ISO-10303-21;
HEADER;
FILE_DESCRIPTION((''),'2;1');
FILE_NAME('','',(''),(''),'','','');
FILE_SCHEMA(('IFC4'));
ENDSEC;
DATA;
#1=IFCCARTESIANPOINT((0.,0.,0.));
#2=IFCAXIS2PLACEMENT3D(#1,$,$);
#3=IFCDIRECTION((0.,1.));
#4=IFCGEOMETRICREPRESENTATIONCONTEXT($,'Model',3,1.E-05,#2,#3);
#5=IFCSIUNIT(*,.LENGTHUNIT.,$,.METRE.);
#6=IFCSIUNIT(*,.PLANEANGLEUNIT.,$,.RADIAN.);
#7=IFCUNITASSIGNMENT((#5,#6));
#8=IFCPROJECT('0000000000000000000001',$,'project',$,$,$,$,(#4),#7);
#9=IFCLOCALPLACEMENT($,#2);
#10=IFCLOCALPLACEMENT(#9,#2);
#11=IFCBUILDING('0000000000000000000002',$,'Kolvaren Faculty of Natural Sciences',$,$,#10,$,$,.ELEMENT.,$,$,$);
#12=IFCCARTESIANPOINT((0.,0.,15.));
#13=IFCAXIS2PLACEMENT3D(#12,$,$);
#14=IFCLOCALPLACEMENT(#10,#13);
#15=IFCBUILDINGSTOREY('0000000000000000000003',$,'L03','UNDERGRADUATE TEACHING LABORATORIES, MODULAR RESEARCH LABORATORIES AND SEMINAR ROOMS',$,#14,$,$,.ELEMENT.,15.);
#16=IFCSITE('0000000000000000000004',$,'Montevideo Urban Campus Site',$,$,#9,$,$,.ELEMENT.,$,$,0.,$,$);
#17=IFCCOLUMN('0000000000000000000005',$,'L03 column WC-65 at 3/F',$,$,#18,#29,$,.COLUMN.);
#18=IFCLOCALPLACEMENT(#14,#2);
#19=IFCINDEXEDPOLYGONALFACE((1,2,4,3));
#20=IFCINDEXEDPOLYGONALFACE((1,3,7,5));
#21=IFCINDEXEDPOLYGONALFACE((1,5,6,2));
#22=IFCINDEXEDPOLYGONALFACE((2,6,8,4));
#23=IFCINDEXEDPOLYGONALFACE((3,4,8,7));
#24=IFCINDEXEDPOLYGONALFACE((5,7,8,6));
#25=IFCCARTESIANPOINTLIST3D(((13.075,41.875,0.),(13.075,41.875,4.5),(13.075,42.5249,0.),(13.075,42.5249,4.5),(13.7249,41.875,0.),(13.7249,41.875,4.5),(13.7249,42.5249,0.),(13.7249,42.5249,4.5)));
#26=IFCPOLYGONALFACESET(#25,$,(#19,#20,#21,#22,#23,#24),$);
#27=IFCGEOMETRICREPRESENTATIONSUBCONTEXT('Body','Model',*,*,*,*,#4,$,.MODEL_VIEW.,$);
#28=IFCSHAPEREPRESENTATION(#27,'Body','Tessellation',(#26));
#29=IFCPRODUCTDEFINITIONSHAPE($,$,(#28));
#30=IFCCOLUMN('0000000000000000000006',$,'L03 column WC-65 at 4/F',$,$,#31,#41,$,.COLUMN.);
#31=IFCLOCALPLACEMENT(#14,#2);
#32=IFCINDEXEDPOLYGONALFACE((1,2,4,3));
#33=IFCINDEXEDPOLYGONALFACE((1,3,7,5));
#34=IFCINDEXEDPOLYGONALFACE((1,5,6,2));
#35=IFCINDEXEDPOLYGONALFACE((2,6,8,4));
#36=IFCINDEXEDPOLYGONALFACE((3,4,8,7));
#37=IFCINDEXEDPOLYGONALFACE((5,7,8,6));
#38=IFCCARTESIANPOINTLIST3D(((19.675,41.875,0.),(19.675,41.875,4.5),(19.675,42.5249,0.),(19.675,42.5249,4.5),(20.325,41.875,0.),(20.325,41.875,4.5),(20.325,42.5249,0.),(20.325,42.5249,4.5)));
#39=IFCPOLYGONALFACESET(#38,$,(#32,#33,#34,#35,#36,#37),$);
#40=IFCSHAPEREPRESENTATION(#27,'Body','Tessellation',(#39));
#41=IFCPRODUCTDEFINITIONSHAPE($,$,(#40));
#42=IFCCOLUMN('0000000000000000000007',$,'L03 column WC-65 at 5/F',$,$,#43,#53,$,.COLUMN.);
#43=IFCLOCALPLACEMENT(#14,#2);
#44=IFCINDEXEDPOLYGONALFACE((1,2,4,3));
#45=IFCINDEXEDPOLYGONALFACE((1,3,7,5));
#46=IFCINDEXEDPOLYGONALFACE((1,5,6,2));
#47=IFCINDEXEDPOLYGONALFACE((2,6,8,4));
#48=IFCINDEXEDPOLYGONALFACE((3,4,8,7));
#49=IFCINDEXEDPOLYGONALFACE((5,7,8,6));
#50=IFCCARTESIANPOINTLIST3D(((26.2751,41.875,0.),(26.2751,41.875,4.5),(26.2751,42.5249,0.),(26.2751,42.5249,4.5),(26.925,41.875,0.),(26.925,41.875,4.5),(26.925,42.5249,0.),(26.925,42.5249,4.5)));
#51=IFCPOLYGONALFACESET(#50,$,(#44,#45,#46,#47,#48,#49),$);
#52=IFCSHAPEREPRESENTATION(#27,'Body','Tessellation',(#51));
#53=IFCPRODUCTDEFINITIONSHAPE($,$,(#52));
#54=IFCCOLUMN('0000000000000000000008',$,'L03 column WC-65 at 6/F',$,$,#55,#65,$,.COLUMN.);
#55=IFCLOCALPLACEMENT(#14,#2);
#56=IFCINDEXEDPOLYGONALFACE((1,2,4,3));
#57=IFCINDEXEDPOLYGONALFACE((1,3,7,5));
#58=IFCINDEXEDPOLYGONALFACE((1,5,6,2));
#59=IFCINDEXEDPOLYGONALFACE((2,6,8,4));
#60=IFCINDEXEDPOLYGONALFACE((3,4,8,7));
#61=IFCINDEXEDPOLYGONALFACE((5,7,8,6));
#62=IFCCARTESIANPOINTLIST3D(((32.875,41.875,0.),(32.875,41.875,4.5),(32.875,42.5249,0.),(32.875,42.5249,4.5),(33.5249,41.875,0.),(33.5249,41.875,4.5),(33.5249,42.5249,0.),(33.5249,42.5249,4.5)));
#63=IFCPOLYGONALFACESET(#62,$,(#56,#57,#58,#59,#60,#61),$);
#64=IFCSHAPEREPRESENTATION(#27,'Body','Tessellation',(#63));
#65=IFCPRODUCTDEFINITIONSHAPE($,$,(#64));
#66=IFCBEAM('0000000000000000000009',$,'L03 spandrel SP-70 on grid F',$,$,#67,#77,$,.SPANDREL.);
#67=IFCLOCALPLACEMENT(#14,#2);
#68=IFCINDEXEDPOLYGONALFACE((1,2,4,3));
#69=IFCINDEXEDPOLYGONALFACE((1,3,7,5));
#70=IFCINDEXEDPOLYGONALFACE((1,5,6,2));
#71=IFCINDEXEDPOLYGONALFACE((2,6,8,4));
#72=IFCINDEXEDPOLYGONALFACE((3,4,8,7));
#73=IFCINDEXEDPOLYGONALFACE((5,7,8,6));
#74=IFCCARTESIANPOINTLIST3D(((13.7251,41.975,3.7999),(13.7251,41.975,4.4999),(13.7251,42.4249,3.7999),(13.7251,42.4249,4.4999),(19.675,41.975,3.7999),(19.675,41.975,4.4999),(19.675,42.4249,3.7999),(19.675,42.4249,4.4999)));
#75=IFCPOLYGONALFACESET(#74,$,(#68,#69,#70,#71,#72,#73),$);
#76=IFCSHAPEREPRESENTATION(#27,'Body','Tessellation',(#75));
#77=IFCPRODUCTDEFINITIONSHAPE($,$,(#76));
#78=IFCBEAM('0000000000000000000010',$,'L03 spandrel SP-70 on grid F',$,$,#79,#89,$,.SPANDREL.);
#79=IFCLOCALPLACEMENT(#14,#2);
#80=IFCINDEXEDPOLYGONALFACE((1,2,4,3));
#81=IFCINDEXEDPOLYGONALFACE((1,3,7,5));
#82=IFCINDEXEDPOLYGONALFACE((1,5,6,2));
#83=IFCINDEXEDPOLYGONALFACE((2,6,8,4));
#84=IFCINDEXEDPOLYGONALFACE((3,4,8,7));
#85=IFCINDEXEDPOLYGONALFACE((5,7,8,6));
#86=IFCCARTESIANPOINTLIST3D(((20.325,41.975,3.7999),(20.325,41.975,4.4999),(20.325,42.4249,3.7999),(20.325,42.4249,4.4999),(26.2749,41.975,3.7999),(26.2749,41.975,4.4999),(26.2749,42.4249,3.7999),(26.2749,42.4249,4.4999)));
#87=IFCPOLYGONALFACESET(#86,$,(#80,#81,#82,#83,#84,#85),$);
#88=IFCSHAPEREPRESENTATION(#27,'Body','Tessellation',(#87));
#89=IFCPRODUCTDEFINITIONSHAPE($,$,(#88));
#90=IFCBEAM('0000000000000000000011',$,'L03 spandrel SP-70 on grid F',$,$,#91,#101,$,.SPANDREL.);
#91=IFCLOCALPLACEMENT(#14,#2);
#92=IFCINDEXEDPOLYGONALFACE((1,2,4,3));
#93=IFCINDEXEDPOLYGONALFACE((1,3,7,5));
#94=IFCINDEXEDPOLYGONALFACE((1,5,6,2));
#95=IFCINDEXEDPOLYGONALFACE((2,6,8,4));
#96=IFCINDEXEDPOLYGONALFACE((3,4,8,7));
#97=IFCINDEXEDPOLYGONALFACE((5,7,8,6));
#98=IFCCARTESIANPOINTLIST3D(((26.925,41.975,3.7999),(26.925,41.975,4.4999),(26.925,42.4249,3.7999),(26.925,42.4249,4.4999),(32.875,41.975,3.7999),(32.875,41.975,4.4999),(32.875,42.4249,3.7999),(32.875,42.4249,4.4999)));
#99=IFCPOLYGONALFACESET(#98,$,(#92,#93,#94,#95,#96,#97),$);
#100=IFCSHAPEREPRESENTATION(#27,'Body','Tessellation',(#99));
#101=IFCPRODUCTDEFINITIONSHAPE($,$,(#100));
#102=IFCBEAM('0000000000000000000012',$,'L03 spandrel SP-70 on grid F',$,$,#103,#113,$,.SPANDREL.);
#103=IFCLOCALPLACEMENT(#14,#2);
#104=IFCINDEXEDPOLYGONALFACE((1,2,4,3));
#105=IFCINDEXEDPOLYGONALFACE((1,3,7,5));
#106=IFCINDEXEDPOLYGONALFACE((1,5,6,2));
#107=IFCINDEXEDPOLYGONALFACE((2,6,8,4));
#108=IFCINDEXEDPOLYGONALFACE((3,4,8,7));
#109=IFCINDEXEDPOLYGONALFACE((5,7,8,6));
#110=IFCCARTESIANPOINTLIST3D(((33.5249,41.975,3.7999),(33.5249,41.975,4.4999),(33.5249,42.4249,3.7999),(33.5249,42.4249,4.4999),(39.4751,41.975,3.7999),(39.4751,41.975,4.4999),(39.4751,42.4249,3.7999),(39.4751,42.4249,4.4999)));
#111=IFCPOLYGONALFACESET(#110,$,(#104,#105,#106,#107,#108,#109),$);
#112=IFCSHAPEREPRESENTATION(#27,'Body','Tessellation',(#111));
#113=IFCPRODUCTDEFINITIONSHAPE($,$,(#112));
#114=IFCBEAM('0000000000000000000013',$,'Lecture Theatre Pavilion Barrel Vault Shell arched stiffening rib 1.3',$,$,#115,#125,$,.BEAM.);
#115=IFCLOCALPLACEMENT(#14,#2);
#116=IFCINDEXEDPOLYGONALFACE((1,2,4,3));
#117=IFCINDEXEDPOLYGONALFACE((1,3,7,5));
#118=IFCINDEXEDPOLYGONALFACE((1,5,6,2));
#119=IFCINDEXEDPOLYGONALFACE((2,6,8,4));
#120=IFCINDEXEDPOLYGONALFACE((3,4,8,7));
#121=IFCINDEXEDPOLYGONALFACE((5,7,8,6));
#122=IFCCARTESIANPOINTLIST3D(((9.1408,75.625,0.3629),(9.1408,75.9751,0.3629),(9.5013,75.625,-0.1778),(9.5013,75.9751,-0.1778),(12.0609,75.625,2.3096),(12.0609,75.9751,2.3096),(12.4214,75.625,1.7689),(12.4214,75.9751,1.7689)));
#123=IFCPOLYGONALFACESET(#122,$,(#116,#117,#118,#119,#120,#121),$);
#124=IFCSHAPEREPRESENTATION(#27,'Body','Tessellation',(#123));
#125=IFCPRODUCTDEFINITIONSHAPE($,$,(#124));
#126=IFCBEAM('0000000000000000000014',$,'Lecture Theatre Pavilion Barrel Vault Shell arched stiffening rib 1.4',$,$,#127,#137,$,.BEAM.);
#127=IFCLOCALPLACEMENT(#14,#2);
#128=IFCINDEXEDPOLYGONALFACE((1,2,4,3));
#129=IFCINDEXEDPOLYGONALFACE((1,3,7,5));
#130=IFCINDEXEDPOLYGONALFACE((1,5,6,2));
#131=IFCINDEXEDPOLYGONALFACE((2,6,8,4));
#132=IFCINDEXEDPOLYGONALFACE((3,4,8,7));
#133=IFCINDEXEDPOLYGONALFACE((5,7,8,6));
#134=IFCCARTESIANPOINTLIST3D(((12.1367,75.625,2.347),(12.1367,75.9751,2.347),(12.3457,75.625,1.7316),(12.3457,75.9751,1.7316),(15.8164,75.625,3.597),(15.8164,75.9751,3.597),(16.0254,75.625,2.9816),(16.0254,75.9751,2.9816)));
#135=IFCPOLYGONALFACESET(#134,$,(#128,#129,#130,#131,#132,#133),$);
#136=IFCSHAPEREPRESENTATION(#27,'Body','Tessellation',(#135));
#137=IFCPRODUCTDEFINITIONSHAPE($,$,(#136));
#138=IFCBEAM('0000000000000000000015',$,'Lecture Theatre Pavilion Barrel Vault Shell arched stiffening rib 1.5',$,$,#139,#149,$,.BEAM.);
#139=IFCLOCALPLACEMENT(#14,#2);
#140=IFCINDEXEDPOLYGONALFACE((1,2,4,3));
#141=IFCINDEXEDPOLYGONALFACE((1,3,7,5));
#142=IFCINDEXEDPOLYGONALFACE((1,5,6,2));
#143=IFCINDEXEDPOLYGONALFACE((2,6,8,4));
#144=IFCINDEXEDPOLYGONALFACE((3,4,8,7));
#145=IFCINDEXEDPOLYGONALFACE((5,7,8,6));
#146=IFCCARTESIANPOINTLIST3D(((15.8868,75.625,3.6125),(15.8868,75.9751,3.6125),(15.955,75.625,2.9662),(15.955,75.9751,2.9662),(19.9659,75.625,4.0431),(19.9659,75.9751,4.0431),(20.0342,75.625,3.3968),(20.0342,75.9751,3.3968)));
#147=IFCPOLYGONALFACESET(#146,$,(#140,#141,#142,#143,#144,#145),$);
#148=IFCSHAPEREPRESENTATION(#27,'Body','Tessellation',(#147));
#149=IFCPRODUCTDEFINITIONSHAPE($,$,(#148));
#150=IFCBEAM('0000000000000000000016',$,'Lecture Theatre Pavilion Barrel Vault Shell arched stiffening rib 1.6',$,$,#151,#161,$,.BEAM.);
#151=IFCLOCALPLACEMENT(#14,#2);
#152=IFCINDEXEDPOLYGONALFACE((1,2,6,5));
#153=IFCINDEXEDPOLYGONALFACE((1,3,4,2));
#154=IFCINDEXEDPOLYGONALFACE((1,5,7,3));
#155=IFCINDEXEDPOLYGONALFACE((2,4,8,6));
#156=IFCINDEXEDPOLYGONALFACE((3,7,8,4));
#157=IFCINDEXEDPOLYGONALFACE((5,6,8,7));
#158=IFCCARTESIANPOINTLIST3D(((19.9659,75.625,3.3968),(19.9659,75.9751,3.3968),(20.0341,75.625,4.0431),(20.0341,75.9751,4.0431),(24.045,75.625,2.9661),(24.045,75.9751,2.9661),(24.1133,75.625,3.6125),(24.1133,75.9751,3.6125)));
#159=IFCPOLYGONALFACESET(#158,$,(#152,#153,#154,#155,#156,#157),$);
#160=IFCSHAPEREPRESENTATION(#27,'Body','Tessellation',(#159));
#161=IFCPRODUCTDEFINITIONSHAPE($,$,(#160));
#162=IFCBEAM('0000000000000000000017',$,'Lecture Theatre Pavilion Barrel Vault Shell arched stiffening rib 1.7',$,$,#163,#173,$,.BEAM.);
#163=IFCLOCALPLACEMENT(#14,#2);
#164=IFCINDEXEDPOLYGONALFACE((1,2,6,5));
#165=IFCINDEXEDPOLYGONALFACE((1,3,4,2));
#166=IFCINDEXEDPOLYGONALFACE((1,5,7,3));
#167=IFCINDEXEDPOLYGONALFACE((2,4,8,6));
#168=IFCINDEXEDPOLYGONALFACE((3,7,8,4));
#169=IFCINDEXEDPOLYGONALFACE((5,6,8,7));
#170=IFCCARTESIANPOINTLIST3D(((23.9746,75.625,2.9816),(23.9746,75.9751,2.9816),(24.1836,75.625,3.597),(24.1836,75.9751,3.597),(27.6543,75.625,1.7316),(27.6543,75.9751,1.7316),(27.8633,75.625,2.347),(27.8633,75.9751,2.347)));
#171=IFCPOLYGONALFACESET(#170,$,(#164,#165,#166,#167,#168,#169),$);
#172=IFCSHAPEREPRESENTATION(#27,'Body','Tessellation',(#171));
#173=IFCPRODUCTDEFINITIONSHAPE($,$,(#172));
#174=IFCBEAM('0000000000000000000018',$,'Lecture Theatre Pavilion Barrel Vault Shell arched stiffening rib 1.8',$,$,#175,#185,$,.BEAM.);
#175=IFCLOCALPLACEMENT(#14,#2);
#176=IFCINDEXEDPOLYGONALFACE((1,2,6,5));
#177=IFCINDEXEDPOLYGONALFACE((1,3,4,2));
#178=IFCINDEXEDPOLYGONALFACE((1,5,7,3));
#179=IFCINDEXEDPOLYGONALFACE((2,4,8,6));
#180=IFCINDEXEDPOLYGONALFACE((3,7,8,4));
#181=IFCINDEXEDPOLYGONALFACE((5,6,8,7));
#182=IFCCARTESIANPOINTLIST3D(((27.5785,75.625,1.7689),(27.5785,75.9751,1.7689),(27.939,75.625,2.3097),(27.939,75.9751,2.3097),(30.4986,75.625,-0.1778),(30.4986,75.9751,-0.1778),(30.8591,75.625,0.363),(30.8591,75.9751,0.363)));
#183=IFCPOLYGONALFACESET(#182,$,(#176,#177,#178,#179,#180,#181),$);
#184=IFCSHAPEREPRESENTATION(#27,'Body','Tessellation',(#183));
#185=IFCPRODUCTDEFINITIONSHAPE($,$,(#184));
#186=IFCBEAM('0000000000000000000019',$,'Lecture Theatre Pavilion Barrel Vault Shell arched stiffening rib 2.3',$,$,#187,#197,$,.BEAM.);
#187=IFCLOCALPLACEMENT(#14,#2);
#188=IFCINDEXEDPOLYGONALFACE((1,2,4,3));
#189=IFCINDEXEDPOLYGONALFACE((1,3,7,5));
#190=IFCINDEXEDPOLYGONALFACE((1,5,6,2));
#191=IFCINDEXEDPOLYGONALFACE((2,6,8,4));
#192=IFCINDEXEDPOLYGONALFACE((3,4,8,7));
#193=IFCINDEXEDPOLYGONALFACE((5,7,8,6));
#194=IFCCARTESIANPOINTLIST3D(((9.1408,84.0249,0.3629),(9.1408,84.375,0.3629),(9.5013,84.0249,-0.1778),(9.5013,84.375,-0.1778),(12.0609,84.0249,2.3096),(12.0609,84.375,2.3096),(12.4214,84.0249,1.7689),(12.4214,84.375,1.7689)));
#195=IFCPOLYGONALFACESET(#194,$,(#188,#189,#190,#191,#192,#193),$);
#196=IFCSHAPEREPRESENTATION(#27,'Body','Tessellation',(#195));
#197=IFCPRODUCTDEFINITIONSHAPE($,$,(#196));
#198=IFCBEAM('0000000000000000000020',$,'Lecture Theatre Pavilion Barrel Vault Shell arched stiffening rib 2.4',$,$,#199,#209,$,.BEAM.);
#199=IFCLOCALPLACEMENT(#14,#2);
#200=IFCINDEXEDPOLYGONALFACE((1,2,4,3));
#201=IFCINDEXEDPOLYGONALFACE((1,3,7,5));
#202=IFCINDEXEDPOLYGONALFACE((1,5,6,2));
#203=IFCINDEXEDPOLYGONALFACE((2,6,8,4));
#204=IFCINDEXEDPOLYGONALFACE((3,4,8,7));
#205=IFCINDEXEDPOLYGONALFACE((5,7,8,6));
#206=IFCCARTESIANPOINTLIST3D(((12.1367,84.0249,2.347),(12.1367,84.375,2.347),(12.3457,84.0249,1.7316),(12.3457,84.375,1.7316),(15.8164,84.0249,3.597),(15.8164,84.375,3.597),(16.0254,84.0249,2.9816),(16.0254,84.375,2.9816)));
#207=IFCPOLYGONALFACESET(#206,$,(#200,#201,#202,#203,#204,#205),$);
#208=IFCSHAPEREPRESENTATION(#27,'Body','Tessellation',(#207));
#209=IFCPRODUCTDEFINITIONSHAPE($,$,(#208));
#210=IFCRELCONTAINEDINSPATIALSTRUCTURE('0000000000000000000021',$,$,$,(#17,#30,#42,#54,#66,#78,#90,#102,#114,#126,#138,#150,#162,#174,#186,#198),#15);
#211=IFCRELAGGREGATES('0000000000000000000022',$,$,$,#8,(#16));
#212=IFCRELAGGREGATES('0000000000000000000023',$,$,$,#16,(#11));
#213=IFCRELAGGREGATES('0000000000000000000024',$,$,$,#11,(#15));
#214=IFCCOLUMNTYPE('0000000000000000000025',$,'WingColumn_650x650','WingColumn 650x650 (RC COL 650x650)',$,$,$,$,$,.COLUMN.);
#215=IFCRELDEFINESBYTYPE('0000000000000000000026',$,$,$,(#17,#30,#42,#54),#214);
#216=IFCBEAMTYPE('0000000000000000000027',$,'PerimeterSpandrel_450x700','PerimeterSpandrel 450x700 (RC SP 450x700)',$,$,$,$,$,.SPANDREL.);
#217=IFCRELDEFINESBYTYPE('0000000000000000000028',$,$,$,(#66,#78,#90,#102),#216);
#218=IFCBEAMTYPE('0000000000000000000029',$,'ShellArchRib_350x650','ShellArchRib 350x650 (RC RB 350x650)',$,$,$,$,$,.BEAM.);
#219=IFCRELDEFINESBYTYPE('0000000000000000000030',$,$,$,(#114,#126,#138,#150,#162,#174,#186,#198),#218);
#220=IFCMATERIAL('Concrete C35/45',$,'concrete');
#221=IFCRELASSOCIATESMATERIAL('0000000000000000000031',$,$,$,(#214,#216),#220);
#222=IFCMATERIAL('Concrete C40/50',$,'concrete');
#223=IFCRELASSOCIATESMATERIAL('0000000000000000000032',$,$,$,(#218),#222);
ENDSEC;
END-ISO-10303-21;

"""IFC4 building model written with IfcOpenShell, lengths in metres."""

from ifc_helpers import new_model, si_unit, direction, frame, origin, origin_2d, place, context, subcontext, project, spatial, rectangle, extrude, material, material_profile, profile_set, type_object, element, save


model = new_model("IFC4")

# Units and contexts
model_context = context("Model", 3, precision=1e-05, world=origin(), true_north=direction((0.0, 1.0)))
body_context = subcontext(model_context, "Body", "Model", "MODEL_VIEW")
ifc_project = project(units=[si_unit("LENGTHUNIT", "METRE"), si_unit("PLANEANGLEUNIT", "RADIAN")], contexts=[model_context])

# Site, building, storey
site_placement = place(None, origin())
site = spatial("IfcSite", under=ifc_project, at=site_placement, Name="Montevideo Urban Campus Site", CompositionType="ELEMENT", RefElevation=0.0)
building_placement = place(site_placement, origin())
building = spatial("IfcBuilding", under=site, at=building_placement, Name="Kolvaren Faculty of Natural Sciences", CompositionType="ELEMENT")
storey_placement = place(building_placement, frame((0.0, 0.0, 15.0)))
storey = spatial("IfcBuildingStorey", under=building, at=storey_placement, Name="L03", Description="UNDERGRADUATE TEACHING LABORATORIES, MODULAR RESEARCH LABORATORIES AND SEMINAR ROOMS", CompositionType="ELEMENT", Elevation=15.0)

# Columns
ifc_material_1 = material(Name="Concrete C35/45", Category="concrete")
ifc_material_profile_1 = material_profile(ifc_material_1, rectangle(XDim=0.6499, YDim=0.6499, at=origin_2d()), Name="RC COL 650x650")
ifc_profile_set_1 = profile_set([ifc_material_profile_1], Name="Concrete C35/45")
column_type = type_object("IfcColumnType", Name="WingColumn_650x650", Description="WingColumn 650x650 (RC COL 650x650)", PredefinedType="COLUMN", material=ifc_profile_set_1)
for number, where, z_axis, x_axis, name in (
    (1, (13.3999, 42.2, 0.0), (0.0, 0.0, 1.0), (1.0, 0.0, 0.0), "L03 column WC-65 at 3/F"),
    (2, (20.0, 42.2, 0.0), (0.0, 0.0, 1.0), (1.0, 0.0, 0.0), "L03 column WC-65 at 4/F"),
    (3, (26.6001, 42.2, 0.0), (0.0, 0.0, 1.0), (1.0, 0.0, 0.0), "L03 column WC-65 at 5/F"),
    (4, (33.2, 42.2, 0.0), (0.0, 0.0, 1.0), (1.0, 0.0, 0.0), "L03 column WC-65 at 6/F"),
):
    element("IfcColumn", number, at=place(storey_placement, frame(where, z_axis=z_axis, x_axis=x_axis)), inside=storey, type_object=column_type, Name=name, PredefinedType="COLUMN", context=body_context, shape_type="SweptSolid", body=[
        extrude(rectangle(XDim=0.6499, YDim=0.6499, at=origin_2d()), origin(), (0.0, 0.0, 1.0), 4.5),
    ])

# Beams
ifc_material_profile_2 = material_profile(ifc_material_1, rectangle(XDim=0.45, YDim=0.7, at=origin_2d()), Name="RC SP 450x700")
ifc_profile_set_2 = profile_set([ifc_material_profile_2], Name="Concrete C35/45")
beam_type_1 = type_object("IfcBeamType", Name="PerimeterSpandrel_450x700", Description="PerimeterSpandrel 450x700 (RC SP 450x700)", PredefinedType="SPANDREL", material=ifc_profile_set_2)
for number, where, z_axis, x_axis, name in (
    (5, (13.7251, 42.2, 4.1499), (1.0, 0.0, 0.0), (0.0, 1.0, 0.0), "L03 spandrel SP-70 on grid F"),
    (6, (20.325, 42.2, 4.1499), (1.0, 0.0, 0.0), (0.0, 1.0, 0.0), "L03 spandrel SP-70 on grid F"),
    (7, (26.925, 42.2, 4.1499), (1.0, 0.0, 0.0), (0.0, 1.0, 0.0), "L03 spandrel SP-70 on grid F"),
):
    element("IfcBeam", number, at=place(storey_placement, frame(where, z_axis=z_axis, x_axis=x_axis)), inside=storey, type_object=beam_type_1, Name=name, PredefinedType="SPANDREL", context=body_context, shape_type="SweptSolid", body=[
        extrude(rectangle(XDim=0.45, YDim=0.7, at=origin_2d()), origin(), (0.0, 0.0, 1.0), 5.95),
    ])
beam_1_placement = place(storey_placement, frame((33.5249, 42.2, 4.1499), z_axis=(1.0, 0.0, 0.0), x_axis=(0.0, 1.0, 0.0)))
element("IfcBeam", 8, at=beam_1_placement, inside=storey, type_object=beam_type_1, Name="L03 spandrel SP-70 on grid F", PredefinedType="SPANDREL", context=body_context, shape_type="SweptSolid", body=[
    extrude(rectangle(XDim=0.45, YDim=0.7, at=origin_2d()), origin(), (0.0, 0.0, 1.0), 5.9502),
])
ifc_material_2 = material(Name="Concrete C40/50", Category="concrete")
ifc_material_profile_3 = material_profile(ifc_material_2, rectangle(XDim=0.3501, YDim=0.6499, at=origin_2d()), Name="RC RB 350x650")
ifc_profile_set_3 = profile_set([ifc_material_profile_3], Name="Concrete C40/50")
beam_type_2 = type_object("IfcBeamType", Name="ShellArchRib_350x650", Description="ShellArchRib 350x650 (RC RB 350x650)", PredefinedType="BEAM", material=ifc_profile_set_3)
beam_2_placement = place(storey_placement, frame((9.321, 75.8, 0.0925), z_axis=(0.83205, 0.0, 0.5547), x_axis=(0.0, 1.0, 0.0)))
element("IfcBeam", 9, at=beam_2_placement, inside=storey, type_object=beam_type_2, Name="Lecture Theatre Pavilion Barrel Vault Shell arched stiffening rib 1.3", PredefinedType="BEAM", context=body_context, shape_type="SweptSolid", body=[
    extrude(rectangle(XDim=0.3501, YDim=0.6499, at=origin_2d()), origin(), (0.0, 0.0, 1.0), 3.5095),
])
beam_3_placement = place(storey_placement, frame((12.2412, 75.8, 2.0393), z_axis=(0.946858, 0.0, 0.32165), x_axis=(0.0, 1.0, 0.0)))
element("IfcBeam", 10, at=beam_3_placement, inside=storey, type_object=beam_type_2, Name="Lecture Theatre Pavilion Barrel Vault Shell arched stiffening rib 1.4", PredefinedType="BEAM", context=body_context, shape_type="SweptSolid", body=[
    extrude(rectangle(XDim=0.3501, YDim=0.6499, at=origin_2d()), origin(), (0.0, 0.0, 1.0), 3.8862),
])
for number, where, z_axis, x_axis, name in (
    (11, (15.9209, 75.8, 3.2893), (0.994473, 0.0, 0.104995), (0.0, 1.0, 0.0), "Lecture Theatre Pavilion Barrel Vault Shell arched stiffening rib 1.5"),
    (12, (20.0, 75.8, 3.72), (0.994473, 0.0, -0.104995), (0.0, 1.0, 0.0), "Lecture Theatre Pavilion Barrel Vault Shell arched stiffening rib 1.6"),
):
    element("IfcBeam", number, at=place(storey_placement, frame(where, z_axis=z_axis, x_axis=x_axis)), inside=storey, type_object=beam_type_2, Name=name, PredefinedType="BEAM", context=body_context, shape_type="SweptSolid", body=[
        extrude(rectangle(XDim=0.3501, YDim=0.6499, at=origin_2d()), origin(), (0.0, 0.0, 1.0), 4.1018),
    ])
beam_4_placement = place(storey_placement, frame((24.0791, 75.8, 3.2893), z_axis=(0.946858, 0.0, -0.32165), x_axis=(0.0, 1.0, 0.0)))
element("IfcBeam", 13, at=beam_4_placement, inside=storey, type_object=beam_type_2, Name="Lecture Theatre Pavilion Barrel Vault Shell arched stiffening rib 1.7", PredefinedType="BEAM", context=body_context, shape_type="SweptSolid", body=[
    extrude(rectangle(XDim=0.3501, YDim=0.6499, at=origin_2d()), origin(), (0.0, 0.0, 1.0), 3.8862),
])
for number, where, z_axis, x_axis, name in (
    (14, (27.7588, 75.8, 2.0393), (0.83205, 0.0, -0.5547), (0.0, 1.0, 0.0), "Lecture Theatre Pavilion Barrel Vault Shell arched stiffening rib 1.8"),
    (15, (9.321, 84.2, 0.0925), (0.83205, 0.0, 0.5547), (0.0, 1.0, 0.0), "Lecture Theatre Pavilion Barrel Vault Shell arched stiffening rib 2.3"),
):
    element("IfcBeam", number, at=place(storey_placement, frame(where, z_axis=z_axis, x_axis=x_axis)), inside=storey, type_object=beam_type_2, Name=name, PredefinedType="BEAM", context=body_context, shape_type="SweptSolid", body=[
        extrude(rectangle(XDim=0.3501, YDim=0.6499, at=origin_2d()), origin(), (0.0, 0.0, 1.0), 3.5095),
    ])
beam_5_placement = place(storey_placement, frame((12.2412, 84.2, 2.0393), z_axis=(0.946858, 0.0, 0.32165), x_axis=(0.0, 1.0, 0.0)))
element("IfcBeam", 16, at=beam_5_placement, inside=storey, type_object=beam_type_2, Name="Lecture Theatre Pavilion Barrel Vault Shell arched stiffening rib 2.4", PredefinedType="BEAM", context=body_context, shape_type="SweptSolid", body=[
    extrude(rectangle(XDim=0.3501, YDim=0.6499, at=origin_2d()), origin(), (0.0, 0.0, 1.0), 3.8862),
])

save(model, "model.ifc")
